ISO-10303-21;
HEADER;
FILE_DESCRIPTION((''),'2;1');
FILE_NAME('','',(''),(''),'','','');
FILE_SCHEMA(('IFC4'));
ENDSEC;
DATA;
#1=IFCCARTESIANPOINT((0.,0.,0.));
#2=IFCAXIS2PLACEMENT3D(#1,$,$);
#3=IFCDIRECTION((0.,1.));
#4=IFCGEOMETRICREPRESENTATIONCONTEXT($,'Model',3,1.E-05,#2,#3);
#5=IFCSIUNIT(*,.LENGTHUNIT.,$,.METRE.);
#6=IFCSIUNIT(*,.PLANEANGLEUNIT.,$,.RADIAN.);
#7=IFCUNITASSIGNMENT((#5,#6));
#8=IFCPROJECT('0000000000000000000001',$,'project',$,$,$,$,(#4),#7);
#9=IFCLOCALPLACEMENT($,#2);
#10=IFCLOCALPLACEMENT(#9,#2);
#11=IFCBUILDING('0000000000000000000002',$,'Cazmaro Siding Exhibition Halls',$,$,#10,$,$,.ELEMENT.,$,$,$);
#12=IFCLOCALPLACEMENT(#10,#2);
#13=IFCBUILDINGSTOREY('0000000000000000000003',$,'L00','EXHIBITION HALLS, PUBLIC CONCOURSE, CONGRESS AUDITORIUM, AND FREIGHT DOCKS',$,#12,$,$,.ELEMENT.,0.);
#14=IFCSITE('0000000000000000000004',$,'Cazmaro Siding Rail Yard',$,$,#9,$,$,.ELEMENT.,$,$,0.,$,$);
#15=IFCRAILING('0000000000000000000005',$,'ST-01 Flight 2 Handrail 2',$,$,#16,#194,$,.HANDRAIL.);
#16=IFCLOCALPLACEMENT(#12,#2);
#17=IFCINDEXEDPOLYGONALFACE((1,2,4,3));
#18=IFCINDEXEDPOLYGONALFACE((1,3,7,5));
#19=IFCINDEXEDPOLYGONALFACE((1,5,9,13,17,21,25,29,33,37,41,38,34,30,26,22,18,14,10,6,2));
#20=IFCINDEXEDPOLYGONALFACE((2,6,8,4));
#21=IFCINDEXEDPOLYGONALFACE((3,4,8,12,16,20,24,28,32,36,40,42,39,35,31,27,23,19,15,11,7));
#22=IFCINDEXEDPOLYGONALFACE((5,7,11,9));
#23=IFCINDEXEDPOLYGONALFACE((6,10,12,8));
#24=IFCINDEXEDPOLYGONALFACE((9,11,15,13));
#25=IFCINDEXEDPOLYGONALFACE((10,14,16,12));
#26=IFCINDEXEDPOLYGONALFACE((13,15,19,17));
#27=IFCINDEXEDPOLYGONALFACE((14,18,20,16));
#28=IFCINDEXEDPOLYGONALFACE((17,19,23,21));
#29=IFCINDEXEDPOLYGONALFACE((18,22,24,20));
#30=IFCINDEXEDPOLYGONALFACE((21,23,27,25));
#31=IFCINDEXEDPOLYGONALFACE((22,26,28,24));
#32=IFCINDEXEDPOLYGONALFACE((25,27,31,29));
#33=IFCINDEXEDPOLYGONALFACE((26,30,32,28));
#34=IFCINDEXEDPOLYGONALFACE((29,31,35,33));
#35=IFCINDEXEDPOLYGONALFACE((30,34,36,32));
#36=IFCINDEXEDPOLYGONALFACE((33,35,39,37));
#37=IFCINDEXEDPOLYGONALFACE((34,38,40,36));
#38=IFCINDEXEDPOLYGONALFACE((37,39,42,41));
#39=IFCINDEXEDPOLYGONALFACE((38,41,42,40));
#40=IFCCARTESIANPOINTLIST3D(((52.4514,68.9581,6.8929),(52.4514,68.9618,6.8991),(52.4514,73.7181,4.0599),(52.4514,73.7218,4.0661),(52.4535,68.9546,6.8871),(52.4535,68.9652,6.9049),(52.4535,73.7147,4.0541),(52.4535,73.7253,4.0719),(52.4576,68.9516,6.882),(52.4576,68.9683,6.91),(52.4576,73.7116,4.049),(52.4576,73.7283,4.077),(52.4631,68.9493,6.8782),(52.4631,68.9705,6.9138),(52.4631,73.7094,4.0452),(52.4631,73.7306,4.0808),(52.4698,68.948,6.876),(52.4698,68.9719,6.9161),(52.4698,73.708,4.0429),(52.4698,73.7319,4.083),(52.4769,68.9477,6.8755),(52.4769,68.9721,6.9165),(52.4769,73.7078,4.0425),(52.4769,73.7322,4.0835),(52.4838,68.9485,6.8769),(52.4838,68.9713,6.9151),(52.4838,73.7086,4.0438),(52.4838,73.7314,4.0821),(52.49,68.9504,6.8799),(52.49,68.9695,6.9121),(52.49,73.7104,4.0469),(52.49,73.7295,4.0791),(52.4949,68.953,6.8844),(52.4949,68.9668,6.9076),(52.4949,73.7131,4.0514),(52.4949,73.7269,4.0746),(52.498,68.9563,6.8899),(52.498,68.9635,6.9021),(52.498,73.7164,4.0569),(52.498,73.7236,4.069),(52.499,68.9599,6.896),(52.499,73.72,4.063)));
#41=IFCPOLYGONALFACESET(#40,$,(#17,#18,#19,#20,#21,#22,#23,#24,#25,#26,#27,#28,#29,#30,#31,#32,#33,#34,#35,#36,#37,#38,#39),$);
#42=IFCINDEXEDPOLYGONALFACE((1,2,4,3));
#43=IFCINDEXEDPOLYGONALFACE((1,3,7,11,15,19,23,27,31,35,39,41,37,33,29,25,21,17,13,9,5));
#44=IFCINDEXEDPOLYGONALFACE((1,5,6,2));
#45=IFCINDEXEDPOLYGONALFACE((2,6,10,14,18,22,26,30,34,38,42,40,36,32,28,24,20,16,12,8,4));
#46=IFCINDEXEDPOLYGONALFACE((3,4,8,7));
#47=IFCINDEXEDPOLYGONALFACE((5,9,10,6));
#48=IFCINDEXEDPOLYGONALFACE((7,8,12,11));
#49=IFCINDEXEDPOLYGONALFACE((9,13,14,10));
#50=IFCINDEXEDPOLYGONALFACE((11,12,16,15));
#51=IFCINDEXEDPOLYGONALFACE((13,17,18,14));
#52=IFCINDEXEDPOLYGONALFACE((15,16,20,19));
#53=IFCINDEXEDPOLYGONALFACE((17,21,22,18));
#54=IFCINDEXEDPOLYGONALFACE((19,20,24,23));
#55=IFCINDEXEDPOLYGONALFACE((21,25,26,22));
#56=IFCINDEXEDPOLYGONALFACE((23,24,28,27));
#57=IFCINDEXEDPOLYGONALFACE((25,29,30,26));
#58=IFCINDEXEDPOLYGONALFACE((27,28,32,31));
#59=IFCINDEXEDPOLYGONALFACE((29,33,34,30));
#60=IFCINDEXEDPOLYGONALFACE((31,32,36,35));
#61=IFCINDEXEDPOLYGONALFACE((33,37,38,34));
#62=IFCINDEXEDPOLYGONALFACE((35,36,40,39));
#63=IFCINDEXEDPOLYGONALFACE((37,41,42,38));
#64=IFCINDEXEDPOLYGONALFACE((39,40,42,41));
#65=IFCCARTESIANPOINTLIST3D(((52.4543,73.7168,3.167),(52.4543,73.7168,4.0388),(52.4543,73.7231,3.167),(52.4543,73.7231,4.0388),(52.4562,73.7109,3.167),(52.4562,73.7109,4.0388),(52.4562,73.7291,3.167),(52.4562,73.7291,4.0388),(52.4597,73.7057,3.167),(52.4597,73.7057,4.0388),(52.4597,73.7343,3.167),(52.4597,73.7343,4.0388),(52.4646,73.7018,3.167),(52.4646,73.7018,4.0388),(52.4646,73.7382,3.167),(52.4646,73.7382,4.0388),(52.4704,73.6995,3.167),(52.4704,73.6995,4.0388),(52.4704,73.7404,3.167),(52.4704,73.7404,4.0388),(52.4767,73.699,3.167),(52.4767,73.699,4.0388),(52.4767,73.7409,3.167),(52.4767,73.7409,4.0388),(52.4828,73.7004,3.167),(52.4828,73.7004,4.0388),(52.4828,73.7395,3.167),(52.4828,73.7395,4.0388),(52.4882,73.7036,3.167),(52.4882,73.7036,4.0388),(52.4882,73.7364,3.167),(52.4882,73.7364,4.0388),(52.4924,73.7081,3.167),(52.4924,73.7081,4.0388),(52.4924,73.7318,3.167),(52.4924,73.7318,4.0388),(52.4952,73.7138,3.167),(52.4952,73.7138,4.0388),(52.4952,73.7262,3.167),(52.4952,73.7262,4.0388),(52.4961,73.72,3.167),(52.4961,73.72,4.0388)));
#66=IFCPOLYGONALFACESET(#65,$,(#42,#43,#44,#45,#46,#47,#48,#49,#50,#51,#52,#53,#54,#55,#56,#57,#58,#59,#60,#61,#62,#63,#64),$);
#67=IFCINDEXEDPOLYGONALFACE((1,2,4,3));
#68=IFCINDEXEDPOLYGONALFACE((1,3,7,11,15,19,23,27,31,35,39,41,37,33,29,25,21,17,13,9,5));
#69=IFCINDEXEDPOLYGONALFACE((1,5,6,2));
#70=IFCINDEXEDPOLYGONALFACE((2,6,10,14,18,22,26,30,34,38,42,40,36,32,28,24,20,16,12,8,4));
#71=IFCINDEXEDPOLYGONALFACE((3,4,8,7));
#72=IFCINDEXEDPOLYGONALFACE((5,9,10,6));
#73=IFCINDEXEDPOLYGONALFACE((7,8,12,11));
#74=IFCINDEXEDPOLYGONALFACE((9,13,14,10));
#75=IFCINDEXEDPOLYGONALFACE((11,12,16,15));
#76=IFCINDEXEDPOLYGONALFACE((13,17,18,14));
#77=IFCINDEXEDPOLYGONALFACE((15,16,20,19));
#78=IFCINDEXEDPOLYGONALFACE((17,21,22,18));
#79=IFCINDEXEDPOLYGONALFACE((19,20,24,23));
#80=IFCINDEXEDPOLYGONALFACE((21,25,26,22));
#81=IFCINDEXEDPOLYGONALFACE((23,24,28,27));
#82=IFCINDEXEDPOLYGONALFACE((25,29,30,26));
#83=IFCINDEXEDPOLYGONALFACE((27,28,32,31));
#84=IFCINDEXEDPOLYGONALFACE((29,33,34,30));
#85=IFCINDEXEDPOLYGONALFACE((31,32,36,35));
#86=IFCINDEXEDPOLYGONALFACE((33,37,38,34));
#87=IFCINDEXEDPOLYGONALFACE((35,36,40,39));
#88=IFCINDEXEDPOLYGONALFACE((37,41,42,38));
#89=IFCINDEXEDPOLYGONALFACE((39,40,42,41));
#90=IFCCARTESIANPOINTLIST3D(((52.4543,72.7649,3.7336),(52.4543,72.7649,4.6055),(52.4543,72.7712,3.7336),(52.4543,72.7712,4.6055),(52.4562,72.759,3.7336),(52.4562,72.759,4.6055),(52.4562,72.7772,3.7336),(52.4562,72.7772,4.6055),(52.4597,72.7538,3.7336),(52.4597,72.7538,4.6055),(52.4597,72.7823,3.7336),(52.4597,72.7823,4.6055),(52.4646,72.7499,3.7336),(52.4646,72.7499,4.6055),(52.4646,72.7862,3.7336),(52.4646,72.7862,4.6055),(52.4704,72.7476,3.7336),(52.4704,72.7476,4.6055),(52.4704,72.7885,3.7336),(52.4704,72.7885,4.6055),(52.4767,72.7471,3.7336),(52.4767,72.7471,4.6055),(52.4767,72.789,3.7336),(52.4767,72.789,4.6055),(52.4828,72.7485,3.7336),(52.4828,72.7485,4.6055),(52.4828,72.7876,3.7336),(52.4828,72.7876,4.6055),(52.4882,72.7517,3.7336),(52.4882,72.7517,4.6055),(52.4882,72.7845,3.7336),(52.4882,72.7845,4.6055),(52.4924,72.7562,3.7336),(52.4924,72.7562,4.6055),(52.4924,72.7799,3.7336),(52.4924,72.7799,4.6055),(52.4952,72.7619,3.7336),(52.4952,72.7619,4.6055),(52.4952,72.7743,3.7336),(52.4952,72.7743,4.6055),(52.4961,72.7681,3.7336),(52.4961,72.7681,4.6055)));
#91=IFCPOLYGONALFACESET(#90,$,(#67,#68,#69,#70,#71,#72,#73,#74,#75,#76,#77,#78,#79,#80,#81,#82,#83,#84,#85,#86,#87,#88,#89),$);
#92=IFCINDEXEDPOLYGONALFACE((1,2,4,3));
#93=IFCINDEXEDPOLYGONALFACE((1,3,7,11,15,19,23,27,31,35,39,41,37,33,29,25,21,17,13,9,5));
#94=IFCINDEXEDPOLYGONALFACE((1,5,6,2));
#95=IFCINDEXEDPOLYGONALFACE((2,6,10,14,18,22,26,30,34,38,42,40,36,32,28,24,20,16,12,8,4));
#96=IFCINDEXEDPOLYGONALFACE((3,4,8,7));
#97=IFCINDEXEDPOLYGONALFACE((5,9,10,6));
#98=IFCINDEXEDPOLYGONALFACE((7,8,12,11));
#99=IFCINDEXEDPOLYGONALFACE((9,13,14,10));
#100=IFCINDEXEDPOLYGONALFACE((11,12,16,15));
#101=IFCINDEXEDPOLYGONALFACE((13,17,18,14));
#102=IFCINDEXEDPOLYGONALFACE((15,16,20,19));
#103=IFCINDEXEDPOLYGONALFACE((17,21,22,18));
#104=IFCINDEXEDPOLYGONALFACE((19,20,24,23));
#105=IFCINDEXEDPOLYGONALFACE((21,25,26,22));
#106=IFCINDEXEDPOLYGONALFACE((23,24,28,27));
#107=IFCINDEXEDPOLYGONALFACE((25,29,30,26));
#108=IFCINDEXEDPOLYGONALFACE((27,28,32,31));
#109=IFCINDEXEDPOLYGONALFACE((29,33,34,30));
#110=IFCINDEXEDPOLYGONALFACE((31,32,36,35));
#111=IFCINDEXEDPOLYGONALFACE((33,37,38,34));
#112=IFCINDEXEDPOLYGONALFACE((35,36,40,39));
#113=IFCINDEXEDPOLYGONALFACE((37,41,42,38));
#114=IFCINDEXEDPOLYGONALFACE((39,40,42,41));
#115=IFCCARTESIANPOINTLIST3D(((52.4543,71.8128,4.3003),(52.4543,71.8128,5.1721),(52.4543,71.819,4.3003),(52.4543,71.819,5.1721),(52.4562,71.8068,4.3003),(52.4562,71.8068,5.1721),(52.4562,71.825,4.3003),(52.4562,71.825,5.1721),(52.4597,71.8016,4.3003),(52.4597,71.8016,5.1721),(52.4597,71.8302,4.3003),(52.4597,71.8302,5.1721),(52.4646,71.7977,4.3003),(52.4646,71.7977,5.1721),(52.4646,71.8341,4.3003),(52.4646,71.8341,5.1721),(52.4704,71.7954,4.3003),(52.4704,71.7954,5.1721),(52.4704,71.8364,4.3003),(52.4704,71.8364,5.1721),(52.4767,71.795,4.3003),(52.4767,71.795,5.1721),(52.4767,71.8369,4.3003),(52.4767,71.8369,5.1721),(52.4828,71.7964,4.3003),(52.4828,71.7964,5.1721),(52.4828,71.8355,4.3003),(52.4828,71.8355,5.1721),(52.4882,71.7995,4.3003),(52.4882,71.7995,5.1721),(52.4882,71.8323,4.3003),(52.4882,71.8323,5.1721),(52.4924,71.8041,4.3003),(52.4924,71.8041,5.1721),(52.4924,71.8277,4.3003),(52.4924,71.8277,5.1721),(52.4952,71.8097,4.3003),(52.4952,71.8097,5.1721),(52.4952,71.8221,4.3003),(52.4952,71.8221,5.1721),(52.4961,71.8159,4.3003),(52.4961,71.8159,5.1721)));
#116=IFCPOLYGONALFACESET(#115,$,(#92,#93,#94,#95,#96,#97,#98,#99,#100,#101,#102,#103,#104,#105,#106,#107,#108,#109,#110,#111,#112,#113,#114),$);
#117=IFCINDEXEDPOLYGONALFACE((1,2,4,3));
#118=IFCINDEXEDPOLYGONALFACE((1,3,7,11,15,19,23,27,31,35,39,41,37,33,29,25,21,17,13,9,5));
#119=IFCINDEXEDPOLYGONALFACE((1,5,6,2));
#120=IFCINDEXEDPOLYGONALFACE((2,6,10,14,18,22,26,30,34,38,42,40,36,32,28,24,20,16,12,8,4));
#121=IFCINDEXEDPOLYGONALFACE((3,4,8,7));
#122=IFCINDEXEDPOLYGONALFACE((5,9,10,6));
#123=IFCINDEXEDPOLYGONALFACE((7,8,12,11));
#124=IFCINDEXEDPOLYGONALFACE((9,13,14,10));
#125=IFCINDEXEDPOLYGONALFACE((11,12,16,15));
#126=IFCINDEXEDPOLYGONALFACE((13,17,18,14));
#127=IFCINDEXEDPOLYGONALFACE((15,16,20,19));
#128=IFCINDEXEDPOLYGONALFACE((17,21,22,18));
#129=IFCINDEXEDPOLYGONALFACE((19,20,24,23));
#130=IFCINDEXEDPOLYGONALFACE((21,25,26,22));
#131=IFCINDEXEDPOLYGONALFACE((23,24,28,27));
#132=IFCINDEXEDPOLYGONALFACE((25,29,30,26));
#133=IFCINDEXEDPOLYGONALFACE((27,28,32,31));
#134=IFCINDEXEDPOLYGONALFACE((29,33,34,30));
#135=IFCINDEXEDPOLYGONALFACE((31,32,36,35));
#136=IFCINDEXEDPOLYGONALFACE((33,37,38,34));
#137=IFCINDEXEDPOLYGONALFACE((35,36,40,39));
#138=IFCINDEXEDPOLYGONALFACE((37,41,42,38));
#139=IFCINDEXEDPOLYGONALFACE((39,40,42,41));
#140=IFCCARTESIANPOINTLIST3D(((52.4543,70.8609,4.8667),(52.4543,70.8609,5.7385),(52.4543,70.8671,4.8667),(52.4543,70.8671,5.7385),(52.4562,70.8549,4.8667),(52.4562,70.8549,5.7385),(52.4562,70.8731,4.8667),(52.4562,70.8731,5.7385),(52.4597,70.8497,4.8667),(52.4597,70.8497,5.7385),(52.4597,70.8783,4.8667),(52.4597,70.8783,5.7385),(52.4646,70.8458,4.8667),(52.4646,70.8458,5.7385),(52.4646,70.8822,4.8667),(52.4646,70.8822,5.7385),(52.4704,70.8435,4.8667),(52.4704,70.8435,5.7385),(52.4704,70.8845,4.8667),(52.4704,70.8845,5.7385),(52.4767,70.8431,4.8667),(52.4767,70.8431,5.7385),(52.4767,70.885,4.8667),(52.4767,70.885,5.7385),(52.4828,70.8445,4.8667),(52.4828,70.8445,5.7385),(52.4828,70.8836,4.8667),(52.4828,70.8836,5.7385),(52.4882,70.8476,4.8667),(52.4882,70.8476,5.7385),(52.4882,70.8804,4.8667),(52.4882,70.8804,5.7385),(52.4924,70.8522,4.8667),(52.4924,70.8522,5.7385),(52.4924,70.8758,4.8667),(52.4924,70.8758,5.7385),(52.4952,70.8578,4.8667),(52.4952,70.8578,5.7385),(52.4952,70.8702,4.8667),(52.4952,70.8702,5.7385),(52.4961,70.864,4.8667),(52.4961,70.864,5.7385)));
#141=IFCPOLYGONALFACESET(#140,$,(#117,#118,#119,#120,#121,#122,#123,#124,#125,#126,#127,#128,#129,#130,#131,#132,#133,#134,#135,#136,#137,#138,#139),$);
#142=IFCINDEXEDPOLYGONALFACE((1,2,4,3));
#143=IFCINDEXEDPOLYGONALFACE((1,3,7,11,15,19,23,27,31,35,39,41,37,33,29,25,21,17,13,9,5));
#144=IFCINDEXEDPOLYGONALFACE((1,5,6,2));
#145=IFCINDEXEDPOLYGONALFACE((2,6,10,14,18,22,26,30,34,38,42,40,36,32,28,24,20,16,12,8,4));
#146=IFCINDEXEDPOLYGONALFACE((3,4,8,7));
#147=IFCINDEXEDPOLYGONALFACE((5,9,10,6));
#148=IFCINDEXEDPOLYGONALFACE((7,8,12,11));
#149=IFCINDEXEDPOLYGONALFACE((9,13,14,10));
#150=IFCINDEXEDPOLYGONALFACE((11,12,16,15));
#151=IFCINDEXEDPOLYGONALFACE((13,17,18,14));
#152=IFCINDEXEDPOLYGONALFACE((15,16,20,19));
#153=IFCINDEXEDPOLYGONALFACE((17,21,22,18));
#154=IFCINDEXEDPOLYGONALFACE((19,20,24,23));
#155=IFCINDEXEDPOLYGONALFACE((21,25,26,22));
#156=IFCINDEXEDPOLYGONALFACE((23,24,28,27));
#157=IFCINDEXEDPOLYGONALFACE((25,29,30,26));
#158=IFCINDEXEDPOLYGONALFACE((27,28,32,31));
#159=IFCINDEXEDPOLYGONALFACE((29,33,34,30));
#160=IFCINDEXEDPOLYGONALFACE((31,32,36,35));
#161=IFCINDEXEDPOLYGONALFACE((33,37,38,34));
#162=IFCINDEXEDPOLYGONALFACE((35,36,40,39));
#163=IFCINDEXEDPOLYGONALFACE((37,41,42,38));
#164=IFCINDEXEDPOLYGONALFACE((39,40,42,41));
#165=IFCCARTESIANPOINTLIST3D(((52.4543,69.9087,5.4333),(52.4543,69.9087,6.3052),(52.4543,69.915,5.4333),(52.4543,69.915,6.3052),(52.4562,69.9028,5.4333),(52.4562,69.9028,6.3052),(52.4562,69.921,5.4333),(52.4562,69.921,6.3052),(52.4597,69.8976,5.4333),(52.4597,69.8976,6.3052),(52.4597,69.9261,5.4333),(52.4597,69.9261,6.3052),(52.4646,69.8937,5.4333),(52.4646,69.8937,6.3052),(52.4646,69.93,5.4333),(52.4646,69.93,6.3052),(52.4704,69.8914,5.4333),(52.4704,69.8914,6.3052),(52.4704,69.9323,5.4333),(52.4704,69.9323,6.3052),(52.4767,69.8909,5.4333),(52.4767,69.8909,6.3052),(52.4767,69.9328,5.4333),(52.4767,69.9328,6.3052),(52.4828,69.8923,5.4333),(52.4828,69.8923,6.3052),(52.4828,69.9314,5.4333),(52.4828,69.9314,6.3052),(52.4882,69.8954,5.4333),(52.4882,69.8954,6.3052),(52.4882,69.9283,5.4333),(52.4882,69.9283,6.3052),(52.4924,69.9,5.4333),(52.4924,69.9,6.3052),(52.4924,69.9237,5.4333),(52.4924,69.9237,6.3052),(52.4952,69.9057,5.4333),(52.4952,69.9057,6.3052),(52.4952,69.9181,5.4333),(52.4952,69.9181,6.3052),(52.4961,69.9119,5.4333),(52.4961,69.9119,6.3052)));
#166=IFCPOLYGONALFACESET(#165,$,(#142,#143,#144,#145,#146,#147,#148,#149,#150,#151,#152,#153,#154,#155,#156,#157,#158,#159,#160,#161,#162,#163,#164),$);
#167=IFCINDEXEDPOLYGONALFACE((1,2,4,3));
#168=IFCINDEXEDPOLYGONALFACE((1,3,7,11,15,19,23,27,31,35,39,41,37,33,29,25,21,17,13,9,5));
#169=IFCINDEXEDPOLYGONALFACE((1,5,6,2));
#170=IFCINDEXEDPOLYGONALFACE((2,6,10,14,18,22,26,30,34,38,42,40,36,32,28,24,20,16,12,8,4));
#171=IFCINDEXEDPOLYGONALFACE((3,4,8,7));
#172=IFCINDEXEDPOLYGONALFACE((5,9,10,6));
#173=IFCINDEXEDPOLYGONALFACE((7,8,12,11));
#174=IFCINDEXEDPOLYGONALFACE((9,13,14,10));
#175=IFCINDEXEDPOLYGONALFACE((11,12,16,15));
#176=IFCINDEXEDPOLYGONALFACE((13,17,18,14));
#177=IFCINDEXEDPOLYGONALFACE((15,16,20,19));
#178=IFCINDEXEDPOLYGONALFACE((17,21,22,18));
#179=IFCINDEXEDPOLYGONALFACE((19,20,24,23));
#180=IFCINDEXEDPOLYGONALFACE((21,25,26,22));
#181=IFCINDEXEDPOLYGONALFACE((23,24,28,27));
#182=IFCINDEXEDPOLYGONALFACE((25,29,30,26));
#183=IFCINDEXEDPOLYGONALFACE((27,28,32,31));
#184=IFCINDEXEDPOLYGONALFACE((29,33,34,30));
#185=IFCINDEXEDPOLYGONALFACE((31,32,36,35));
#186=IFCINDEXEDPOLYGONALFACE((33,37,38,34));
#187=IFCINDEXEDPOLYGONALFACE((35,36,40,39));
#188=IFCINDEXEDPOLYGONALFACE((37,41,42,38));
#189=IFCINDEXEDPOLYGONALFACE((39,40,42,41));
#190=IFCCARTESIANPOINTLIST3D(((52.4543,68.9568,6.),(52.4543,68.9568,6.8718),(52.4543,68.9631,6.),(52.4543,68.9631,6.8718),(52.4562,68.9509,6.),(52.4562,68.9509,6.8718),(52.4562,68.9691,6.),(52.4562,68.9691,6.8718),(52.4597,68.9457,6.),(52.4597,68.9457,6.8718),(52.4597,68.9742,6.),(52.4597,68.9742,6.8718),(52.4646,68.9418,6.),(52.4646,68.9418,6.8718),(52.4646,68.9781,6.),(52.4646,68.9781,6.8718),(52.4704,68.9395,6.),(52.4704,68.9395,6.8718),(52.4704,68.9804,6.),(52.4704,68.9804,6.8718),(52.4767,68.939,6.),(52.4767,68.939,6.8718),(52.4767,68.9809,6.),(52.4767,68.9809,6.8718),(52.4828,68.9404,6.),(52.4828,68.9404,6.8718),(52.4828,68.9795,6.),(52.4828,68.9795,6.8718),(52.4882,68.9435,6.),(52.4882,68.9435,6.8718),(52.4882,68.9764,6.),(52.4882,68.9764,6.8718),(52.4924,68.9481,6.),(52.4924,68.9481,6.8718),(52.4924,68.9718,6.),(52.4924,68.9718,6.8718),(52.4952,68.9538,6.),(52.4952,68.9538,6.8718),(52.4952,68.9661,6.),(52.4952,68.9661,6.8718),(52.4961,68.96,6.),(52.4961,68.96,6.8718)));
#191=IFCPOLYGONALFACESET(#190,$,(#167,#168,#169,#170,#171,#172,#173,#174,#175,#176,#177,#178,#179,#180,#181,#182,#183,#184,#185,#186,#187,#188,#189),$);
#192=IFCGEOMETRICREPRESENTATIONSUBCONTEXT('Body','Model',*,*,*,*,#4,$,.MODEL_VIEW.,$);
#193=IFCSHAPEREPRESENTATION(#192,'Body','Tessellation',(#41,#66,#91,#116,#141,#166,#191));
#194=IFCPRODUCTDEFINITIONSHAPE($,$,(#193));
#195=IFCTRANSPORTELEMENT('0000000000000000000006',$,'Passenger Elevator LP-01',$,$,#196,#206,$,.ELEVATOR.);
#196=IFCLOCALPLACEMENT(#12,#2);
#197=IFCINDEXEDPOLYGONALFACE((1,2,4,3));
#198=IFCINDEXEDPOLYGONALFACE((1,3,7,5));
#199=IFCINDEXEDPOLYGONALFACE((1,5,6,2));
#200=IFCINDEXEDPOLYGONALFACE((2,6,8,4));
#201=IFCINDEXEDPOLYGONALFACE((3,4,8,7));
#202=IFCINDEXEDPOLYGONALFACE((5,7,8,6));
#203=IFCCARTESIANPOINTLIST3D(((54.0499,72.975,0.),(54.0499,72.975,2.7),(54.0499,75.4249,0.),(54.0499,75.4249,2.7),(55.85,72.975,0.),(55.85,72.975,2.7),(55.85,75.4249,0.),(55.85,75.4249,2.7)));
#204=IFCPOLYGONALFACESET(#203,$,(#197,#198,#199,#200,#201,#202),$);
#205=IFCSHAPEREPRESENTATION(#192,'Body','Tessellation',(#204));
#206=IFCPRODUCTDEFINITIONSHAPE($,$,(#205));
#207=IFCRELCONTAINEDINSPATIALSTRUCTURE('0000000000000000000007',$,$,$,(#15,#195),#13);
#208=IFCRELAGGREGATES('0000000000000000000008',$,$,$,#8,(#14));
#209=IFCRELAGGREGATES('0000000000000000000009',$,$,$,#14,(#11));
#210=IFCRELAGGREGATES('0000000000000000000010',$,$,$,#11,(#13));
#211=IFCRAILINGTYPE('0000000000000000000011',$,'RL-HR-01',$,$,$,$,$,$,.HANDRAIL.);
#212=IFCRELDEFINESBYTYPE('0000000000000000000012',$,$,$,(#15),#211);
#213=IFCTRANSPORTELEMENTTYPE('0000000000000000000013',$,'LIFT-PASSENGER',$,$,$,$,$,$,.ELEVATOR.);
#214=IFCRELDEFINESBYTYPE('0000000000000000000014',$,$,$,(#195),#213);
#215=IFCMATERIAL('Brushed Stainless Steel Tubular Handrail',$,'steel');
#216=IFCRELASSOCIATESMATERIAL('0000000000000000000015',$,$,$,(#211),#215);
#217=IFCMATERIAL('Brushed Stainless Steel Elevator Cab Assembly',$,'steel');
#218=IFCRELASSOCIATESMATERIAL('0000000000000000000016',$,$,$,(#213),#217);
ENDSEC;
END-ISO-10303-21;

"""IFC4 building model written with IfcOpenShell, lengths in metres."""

from ifc_helpers import new_model, si_unit, direction, frame, origin, origin_2d, place, context, subcontext, project, spatial, rectangle, circle, extrude, material, type_object, element, save


model = new_model("IFC4")

# Units and contexts
model_context = context("Model", 3, precision=1e-05, world=origin(), true_north=direction((0.0, 1.0)))
body_context = subcontext(model_context, "Body", "Model", "MODEL_VIEW")
ifc_project = project(units=[si_unit("LENGTHUNIT", "METRE"), si_unit("PLANEANGLEUNIT", "RADIAN")], contexts=[model_context])

# Site, building, storey
site_placement = place(None, origin())
site = spatial("IfcSite", under=ifc_project, at=site_placement, Name="Cazmaro Siding Rail Yard", CompositionType="ELEMENT", RefElevation=0.0)
building_placement = place(site_placement, origin())
building = spatial("IfcBuilding", under=site, at=building_placement, Name="Cazmaro Siding Exhibition Halls", CompositionType="ELEMENT")
storey_placement = place(building_placement, origin())
storey = spatial("IfcBuildingStorey", under=building, at=storey_placement, Name="L00", Description="EXHIBITION HALLS, PUBLIC CONCOURSE, CONGRESS AUDITORIUM, AND FREIGHT DOCKS", CompositionType="ELEMENT", Elevation=0.0)

# Railing
ifc_material_1 = material(Name="Brushed Stainless Steel Tubular Handrail", Category="steel")
railing_type_1 = type_object("IfcRailingType", Name="RL-HR-01", PredefinedType="HANDRAIL", material=ifc_material_1)
railing_1_placement = place(storey_placement, frame((52.4751, 73.72, 3.167)))
element("IfcRailing", 1, at=railing_1_placement, inside=storey, type_object=railing_type_1, Name="ST-01 Flight 2 Handrail 2", PredefinedType="HANDRAIL", context=body_context, shape_type="SweptSolid", body=[
    extrude(circle(Radius=0.0239, at=origin_2d()), frame((0.0, 0.0, 0.896), z_axis=(0.0, -0.859319, 0.51144), x_axis=(1.0, 0.0, 0.0)), (0.0, 0.0, 1.0), 5.5393),
    extrude(circle(Radius=0.021, at=origin_2d()), origin(), (0.0, 0.0, 1.0), 0.8718),
    extrude(circle(Radius=0.021, at=origin_2d()), frame((0.0, -0.9519, 0.5667)), (0.0, 0.0, 1.0), 0.8718),
    extrude(circle(Radius=0.021, at=origin_2d()), frame((0.0, -1.9041, 1.1333)), (0.0, 0.0, 1.0), 0.8718),
    extrude(circle(Radius=0.021, at=origin_2d()), frame((0.0, -2.856, 1.6997)), (0.0, 0.0, 1.0), 0.8718),
    extrude(circle(Radius=0.021, at=origin_2d()), frame((0.0, -3.8081, 2.2664)), (0.0, 0.0, 1.0), 0.8718),
    extrude(circle(Radius=0.021, at=origin_2d()), frame((0.0, -4.76, 2.833)), (0.0, 0.0, 1.0), 0.8718),
])

# Transport element
ifc_material_2 = material(Name="Brushed Stainless Steel Elevator Cab Assembly", Category="steel")
transport_element_type = type_object("IfcTransportElementType", Name="LIFT-PASSENGER", PredefinedType="ELEVATOR", material=ifc_material_2)
transport_element_placement = place(storey_placement, frame((54.95, 74.2, 0.0), z_axis=(0.0, 0.0, 1.0), x_axis=(1.0, 0.0, 0.0)))
element("IfcTransportElement", 2, at=transport_element_placement, inside=storey, type_object=transport_element_type, Name="Passenger Elevator LP-01", PredefinedType="ELEVATOR", context=body_context, shape_type="SweptSolid", body=[
    extrude(rectangle(XDim=1.8, YDim=2.45, at=origin_2d()), origin(), (0.0, 0.0, 1.0), 2.7),
])

save(model, "model.ifc")
